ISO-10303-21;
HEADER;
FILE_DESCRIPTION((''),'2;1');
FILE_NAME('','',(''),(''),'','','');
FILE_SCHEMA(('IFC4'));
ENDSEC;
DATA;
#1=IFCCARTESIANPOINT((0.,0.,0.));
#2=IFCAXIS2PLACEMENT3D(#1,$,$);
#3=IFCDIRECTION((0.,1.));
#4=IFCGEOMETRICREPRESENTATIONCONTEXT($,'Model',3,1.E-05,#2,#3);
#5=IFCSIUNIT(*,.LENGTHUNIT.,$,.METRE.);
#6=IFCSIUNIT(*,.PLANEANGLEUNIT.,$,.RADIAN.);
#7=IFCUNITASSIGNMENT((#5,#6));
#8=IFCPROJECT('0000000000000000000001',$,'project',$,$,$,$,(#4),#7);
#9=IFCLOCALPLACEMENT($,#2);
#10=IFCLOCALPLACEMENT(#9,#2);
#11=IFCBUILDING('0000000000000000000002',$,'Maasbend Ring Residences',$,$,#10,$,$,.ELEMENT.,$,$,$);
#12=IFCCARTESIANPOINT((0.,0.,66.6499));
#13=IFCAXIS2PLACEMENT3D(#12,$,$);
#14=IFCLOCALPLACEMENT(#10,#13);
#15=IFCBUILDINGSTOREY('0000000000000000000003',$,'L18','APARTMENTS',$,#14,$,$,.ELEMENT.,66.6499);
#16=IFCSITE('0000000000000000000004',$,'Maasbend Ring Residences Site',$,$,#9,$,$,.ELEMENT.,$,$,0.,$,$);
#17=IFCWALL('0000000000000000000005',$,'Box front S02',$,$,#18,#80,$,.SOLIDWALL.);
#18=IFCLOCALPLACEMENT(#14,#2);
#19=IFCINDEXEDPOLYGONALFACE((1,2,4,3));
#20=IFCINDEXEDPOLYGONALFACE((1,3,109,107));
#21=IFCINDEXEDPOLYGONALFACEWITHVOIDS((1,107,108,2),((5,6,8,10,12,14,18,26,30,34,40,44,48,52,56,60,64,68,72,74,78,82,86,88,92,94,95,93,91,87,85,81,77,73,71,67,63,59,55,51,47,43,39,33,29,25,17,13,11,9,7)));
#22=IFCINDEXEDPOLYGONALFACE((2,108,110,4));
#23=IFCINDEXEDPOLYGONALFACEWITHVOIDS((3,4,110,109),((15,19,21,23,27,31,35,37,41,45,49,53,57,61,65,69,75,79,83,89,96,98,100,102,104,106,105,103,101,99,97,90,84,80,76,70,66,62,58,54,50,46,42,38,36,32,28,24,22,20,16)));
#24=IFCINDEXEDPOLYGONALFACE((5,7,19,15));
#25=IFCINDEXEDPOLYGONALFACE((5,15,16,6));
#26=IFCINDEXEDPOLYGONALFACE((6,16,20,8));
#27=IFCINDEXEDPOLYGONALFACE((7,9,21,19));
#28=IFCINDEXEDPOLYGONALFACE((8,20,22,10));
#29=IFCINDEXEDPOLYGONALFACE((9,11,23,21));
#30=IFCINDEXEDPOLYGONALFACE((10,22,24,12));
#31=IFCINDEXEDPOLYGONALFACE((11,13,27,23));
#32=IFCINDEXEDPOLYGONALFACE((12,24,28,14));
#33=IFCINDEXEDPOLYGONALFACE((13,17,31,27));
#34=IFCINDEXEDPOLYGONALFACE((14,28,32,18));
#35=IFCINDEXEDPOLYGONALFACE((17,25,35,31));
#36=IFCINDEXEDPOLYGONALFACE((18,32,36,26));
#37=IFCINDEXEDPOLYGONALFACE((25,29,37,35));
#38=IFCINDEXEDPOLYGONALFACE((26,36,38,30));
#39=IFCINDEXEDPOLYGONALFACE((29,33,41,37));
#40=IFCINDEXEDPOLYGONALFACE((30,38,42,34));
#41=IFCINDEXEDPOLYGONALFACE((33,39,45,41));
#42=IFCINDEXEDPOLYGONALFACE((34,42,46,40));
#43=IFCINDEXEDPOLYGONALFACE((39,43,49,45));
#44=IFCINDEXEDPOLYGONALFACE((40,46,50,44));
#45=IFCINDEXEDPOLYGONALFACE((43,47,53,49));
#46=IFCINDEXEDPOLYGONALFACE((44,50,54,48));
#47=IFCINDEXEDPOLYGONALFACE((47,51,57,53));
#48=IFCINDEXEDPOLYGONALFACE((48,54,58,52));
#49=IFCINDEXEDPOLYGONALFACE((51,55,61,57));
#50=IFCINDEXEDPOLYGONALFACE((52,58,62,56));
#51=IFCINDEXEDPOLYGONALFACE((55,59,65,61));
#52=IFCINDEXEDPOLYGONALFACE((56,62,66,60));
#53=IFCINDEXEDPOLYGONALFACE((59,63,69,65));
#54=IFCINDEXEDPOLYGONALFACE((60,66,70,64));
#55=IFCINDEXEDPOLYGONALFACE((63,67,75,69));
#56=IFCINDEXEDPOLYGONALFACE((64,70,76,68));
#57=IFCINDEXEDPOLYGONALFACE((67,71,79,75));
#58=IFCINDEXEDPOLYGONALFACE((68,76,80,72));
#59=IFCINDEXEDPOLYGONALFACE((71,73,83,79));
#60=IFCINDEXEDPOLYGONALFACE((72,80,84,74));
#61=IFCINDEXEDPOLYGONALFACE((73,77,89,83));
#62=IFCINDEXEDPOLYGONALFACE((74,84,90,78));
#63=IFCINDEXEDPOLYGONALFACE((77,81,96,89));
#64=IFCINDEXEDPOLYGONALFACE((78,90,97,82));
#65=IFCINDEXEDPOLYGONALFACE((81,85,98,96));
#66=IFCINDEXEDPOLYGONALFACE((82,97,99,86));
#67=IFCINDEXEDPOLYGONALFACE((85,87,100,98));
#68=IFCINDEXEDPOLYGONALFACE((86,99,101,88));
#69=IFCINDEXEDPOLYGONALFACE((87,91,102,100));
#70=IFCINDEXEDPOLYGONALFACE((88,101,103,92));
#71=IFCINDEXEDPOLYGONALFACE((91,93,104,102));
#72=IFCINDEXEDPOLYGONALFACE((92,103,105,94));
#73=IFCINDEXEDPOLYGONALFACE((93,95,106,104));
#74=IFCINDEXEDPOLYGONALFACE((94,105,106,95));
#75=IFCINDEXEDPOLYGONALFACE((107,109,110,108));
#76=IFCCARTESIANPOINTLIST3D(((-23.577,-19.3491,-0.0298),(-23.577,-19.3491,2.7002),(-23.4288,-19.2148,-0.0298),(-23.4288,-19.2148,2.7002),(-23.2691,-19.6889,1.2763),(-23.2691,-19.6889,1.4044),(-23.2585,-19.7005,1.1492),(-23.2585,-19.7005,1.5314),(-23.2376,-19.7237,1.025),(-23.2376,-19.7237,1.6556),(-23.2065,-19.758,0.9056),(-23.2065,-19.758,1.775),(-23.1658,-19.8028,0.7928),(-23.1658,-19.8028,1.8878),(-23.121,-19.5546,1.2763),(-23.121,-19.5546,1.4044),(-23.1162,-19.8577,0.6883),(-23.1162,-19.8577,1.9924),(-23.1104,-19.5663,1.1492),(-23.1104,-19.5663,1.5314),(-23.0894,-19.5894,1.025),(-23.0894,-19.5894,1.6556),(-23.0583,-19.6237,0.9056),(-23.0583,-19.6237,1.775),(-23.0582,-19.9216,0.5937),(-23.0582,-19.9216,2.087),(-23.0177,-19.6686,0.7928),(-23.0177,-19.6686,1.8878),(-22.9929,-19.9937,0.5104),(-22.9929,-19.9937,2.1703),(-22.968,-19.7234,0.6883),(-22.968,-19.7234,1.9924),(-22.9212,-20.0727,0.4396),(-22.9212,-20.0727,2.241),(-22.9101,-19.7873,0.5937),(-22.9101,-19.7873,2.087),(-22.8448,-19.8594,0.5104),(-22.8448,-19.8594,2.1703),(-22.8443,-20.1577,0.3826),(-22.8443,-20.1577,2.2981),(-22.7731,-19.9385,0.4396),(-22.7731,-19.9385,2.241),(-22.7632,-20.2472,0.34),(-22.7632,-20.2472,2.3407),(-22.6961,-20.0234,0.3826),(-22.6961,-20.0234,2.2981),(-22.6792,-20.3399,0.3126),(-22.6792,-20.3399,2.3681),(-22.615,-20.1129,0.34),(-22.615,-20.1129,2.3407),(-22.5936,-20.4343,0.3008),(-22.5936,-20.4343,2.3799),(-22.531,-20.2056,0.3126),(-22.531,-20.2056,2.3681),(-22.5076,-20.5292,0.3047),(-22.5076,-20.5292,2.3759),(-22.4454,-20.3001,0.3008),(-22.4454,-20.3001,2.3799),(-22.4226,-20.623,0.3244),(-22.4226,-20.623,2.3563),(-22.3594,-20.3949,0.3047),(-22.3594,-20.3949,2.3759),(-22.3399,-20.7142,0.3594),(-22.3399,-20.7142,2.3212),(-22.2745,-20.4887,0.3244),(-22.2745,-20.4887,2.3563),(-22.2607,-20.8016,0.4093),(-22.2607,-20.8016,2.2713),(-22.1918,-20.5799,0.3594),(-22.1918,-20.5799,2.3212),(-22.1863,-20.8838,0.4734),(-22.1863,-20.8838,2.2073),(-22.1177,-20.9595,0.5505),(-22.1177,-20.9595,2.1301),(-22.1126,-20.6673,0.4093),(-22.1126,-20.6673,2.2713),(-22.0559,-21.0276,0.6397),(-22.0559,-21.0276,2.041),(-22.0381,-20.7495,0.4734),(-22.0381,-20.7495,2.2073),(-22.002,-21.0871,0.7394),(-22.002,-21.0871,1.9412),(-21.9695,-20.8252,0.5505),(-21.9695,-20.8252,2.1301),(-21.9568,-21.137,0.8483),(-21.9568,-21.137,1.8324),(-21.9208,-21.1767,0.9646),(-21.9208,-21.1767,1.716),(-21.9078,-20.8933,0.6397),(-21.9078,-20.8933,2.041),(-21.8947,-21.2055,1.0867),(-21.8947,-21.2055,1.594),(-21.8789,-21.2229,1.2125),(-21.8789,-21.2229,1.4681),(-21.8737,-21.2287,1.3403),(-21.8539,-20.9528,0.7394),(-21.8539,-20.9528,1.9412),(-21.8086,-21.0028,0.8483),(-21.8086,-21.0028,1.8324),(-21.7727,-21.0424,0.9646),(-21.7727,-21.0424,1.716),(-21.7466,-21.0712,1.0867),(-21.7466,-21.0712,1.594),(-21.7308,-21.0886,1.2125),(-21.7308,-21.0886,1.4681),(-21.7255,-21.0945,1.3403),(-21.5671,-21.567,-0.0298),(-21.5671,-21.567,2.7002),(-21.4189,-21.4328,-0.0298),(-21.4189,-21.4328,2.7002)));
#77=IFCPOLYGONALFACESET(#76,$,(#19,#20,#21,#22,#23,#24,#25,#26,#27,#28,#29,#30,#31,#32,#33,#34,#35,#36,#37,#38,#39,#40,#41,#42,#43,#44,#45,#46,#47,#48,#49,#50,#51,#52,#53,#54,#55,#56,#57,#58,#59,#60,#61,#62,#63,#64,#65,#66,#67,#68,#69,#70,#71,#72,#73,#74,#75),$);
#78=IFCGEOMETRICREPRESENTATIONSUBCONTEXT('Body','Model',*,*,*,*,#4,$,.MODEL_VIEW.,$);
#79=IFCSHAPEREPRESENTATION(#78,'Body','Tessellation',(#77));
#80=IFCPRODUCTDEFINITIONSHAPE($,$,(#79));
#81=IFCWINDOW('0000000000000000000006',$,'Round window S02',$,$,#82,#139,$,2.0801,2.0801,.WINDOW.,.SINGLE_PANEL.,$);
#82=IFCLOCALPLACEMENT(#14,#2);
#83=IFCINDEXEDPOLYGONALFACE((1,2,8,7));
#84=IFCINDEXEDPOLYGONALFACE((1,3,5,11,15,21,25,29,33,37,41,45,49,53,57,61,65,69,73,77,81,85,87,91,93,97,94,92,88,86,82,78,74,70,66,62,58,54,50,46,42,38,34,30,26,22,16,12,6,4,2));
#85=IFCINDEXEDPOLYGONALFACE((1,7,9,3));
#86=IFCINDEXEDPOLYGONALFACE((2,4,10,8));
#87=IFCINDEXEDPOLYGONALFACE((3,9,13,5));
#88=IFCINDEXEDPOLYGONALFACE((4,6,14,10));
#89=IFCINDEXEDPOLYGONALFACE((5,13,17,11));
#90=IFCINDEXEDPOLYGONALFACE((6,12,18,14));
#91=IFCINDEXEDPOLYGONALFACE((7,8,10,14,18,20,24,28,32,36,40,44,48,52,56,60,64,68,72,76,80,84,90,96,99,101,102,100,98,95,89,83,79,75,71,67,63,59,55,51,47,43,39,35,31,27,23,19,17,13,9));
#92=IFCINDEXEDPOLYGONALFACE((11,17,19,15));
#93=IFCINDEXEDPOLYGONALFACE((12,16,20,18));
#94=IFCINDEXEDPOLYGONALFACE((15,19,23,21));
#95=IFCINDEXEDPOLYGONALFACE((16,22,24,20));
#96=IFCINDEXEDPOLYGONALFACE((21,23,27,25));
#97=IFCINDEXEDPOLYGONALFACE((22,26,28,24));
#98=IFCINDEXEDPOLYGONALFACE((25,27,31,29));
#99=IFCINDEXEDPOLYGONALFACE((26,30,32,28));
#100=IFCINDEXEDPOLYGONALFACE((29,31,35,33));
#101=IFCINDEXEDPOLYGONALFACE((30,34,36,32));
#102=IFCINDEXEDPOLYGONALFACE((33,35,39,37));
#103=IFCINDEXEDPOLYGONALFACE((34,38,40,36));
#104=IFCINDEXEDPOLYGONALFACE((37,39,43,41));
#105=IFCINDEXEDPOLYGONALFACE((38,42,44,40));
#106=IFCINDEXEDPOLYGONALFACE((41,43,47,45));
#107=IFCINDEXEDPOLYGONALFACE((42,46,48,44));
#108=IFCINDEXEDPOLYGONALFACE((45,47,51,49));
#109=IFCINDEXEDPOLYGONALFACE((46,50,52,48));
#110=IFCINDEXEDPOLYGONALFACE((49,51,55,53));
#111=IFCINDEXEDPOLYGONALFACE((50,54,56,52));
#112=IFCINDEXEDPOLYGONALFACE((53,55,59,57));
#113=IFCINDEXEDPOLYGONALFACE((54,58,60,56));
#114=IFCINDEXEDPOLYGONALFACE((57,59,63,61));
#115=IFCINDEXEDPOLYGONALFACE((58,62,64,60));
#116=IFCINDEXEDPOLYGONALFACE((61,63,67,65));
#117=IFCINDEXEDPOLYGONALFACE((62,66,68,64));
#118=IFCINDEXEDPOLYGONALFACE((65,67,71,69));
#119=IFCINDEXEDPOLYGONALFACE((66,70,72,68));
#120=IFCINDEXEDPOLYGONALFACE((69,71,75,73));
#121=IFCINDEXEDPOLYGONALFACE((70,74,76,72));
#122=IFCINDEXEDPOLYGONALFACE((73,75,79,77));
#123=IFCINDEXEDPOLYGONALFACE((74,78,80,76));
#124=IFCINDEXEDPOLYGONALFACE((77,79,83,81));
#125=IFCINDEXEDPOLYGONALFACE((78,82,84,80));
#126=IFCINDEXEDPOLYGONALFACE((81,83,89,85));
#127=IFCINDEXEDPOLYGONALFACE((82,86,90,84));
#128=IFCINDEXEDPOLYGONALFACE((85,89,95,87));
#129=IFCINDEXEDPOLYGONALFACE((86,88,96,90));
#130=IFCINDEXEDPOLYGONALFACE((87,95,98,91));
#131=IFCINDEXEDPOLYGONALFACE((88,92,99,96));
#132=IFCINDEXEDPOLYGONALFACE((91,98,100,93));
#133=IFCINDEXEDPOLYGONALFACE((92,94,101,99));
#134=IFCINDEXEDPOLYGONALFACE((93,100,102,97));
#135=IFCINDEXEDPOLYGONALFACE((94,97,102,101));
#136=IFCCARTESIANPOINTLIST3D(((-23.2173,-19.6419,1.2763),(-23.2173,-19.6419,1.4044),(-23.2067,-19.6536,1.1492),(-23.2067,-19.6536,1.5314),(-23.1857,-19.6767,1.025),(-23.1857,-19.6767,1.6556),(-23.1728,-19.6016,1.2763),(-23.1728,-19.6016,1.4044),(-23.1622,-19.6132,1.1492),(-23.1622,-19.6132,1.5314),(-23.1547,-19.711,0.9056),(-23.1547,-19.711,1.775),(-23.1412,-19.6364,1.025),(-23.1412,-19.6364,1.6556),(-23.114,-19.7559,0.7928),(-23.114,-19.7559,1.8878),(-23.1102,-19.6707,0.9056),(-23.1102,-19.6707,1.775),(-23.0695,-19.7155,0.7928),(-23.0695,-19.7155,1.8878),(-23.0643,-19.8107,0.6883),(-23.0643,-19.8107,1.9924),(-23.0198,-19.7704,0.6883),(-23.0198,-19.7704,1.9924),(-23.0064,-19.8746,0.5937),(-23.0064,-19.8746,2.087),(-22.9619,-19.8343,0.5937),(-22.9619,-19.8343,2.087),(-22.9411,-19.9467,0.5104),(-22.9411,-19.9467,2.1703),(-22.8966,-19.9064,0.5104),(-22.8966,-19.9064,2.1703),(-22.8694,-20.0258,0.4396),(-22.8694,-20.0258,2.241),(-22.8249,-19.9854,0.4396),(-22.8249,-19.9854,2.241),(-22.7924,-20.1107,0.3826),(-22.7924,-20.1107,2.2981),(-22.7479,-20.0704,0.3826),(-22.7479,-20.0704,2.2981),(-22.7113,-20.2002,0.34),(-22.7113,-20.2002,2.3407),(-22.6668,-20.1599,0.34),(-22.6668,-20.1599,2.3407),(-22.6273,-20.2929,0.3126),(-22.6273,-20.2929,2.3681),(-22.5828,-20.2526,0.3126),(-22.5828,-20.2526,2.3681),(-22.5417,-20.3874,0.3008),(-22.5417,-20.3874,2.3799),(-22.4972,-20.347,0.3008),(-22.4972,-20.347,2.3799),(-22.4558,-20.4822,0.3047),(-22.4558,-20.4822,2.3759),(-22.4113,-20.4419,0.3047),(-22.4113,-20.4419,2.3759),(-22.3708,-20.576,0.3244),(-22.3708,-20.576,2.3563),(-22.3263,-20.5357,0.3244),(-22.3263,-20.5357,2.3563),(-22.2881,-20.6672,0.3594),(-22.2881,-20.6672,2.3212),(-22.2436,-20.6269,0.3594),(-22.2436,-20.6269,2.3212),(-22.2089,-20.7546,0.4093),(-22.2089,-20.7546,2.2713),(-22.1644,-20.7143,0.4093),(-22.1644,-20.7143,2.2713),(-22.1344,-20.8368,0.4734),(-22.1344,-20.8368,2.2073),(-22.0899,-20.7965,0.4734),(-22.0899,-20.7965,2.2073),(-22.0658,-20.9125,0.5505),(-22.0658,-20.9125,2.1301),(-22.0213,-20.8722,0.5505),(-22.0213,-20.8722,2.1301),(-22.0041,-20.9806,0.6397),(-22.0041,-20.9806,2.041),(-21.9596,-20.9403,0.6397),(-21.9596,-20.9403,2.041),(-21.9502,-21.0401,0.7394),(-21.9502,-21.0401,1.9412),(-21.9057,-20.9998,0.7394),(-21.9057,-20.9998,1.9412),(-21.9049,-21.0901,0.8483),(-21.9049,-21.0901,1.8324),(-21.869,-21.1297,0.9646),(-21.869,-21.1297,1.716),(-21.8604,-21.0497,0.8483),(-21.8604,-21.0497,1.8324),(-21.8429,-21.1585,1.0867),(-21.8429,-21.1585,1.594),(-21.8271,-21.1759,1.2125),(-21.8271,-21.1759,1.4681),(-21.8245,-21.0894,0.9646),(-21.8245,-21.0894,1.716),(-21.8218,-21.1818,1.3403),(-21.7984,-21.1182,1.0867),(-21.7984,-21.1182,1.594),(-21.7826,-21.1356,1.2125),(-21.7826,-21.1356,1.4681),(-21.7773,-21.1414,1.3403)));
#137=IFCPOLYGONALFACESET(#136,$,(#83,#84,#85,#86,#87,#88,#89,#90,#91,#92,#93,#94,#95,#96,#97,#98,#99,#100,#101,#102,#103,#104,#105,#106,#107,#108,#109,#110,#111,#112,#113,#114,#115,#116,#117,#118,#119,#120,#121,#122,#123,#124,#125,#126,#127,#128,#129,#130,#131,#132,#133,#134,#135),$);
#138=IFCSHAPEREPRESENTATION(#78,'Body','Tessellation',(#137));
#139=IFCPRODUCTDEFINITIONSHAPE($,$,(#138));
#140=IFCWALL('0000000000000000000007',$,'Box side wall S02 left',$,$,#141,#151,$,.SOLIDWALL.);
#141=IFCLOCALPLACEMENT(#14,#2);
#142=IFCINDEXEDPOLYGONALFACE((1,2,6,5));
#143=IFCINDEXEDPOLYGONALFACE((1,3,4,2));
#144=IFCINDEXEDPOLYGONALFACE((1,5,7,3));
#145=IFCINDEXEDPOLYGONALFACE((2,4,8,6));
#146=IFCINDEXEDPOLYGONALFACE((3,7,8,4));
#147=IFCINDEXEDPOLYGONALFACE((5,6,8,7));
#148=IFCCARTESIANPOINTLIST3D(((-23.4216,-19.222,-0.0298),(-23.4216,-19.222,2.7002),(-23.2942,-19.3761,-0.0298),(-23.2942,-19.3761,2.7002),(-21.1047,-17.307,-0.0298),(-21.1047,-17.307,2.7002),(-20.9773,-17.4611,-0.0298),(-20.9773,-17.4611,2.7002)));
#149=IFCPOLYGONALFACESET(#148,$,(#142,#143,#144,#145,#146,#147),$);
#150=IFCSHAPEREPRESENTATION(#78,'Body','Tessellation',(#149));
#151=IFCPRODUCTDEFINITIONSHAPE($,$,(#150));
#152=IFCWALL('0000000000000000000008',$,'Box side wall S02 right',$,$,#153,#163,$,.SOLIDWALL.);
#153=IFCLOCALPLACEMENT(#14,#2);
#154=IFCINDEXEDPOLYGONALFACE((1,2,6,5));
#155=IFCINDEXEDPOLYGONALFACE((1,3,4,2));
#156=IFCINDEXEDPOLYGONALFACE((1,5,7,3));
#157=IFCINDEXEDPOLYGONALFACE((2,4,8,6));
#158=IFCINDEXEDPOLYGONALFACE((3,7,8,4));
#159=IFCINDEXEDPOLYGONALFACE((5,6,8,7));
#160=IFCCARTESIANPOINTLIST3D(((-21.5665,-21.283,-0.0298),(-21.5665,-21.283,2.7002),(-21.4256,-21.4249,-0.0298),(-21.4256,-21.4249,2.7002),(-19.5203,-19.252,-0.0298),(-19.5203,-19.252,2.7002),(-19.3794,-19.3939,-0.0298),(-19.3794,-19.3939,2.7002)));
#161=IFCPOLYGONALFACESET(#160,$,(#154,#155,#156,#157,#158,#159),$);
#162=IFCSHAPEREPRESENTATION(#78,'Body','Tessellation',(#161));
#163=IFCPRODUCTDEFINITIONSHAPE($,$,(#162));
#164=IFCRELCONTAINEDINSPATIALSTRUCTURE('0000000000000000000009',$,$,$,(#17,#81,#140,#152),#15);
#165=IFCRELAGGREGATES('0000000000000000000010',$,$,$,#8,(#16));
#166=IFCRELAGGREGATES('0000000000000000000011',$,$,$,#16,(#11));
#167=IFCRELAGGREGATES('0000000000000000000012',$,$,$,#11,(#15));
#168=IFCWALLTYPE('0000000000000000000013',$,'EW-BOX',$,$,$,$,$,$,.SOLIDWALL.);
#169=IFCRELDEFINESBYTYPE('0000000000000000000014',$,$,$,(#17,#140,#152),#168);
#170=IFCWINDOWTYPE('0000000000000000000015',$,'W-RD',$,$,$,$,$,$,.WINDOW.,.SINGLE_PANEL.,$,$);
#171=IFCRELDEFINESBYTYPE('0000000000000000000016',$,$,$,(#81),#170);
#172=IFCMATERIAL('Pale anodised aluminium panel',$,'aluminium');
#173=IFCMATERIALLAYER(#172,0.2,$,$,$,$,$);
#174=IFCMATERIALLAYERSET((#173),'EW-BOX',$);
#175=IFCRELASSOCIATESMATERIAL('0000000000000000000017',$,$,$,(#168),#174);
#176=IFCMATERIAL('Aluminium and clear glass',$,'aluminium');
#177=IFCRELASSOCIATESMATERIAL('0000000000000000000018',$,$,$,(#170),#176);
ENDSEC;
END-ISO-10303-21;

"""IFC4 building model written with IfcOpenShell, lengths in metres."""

from ifc_helpers import new_model, si_unit, direction, frame, frame_2d, origin, place, context, subcontext, project, spatial, rectangle, circle, extrude, material, layer, layer_set, type_object, element, fill, save


model = new_model("IFC4")

# Units and contexts
model_context = context("Model", 3, precision=1e-05, world=origin(), true_north=direction((0.0, 1.0)))
body_context = subcontext(model_context, "Body", "Model", "MODEL_VIEW")
ifc_project = project(units=[si_unit("LENGTHUNIT", "METRE"), si_unit("PLANEANGLEUNIT", "RADIAN")], contexts=[model_context])

# Site, building, storey
site_placement = place(None, origin())
site = spatial("IfcSite", under=ifc_project, at=site_placement, Name="Maasbend Ring Residences Site", CompositionType="ELEMENT", RefElevation=0.0)
building_placement = place(site_placement, origin())
building = spatial("IfcBuilding", under=site, at=building_placement, Name="Maasbend Ring Residences", CompositionType="ELEMENT")
storey_placement = place(building_placement, frame((0.0, 0.0, 66.6499)))
storey = spatial("IfcBuildingStorey", under=building, at=storey_placement, Name="L18", Description="APARTMENTS", CompositionType="ELEMENT", Elevation=66.6499)

# Wall, opening, window
ifc_material_1 = material(Name="Pale anodised aluminium panel", Category="aluminium")
ifc_layer_1 = layer(ifc_material_1, 0.2)
ifc_layer_set_1 = layer_set([ifc_layer_1], Name="EW-BOX")
wall_type_1 = type_object("IfcWallType", Name="EW-BOX", PredefinedType="SOLIDWALL", material=ifc_layer_set_1)
wall_1_placement = place(storey_placement, frame((-23.5029, -19.282, -0.0298), z_axis=(0.0, 0.0, 1.0), x_axis=(0.671507, -0.740998, 0.0)))
wall_1 = element("IfcWall", 1, at=wall_1_placement, inside=storey, type_object=wall_type_1, Name="Box front S02", PredefinedType="SOLIDWALL", context=body_context, shape_type="SweptSolid", body=[
    extrude(rectangle(XDim=2.9932, YDim=0.2, at=frame_2d((1.4966, 0.0))), origin(), (0.0, 0.0, 1.0), 2.73),
])
opening_1_placement = place(wall_1_placement, frame((0.4565, 0.0, 0.3301)))
opening_1 = element("IfcOpeningElement", 2, at=opening_1_placement, cuts=wall_1, PredefinedType="OPENING", context=body_context, shape_type="SweptSolid", body=[
    extrude(circle(Radius=1.04, at=frame_2d((1.04, 1.04))), frame((0.0, 0.1099, 0.0), z_axis=(0.0, -1.0, 0.0), x_axis=(1.0, 0.0, 0.0)), (0.0, 0.0, 1.0), 0.22),
])
ifc_material_2 = material(Name="Aluminium and clear glass", Category="aluminium")
window_type_1 = type_object("IfcWindowType", Name="W-RD", PartitioningType="SINGLE_PANEL", PredefinedType="WINDOW", material=ifc_material_2)
window_1_placement = place(opening_1_placement, origin())
window_1 = element("IfcWindow", 3, at=window_1_placement, inside=storey, type_object=window_type_1, Name="Round window S02", OverallHeight=2.0801, OverallWidth=2.0801, PartitioningType="SINGLE_PANEL", PredefinedType="WINDOW", context=body_context, shape_type="SweptSolid", body=[
    extrude(circle(Radius=1.04, at=frame_2d((1.04, 1.04))), frame((0.0, 0.03, 0.0), z_axis=(0.0, -1.0, 0.0), x_axis=(1.0, 0.0, 0.0)), (0.0, 0.0, 1.0), 0.0601),
])
fill(opening_1, window_1)

# Walls
wall_2_placement = place(storey_placement, frame((-21.041, -17.384, -0.0298), z_axis=(0.0, 0.0, 1.0), x_axis=(-0.770785, -0.637096, 0.0)))
element("IfcWall", 4, at=wall_2_placement, inside=storey, type_object=wall_type_1, Name="Box side wall S02 left", PredefinedType="SOLIDWALL", context=body_context, shape_type="SweptSolid", body=[
    extrude(rectangle(XDim=3.0059, YDim=0.2, at=frame_2d((1.5029, 0.0))), origin(), (0.0, 0.0, 1.0), 2.73),
])
wall_3_placement = place(storey_placement, frame((-19.45, -19.323, -0.0298), z_axis=(0.0, 0.0, 1.0), x_axis=(-0.709727, -0.704477, 0.0)))
element("IfcWall", 5, at=wall_3_placement, inside=storey, type_object=wall_type_1, Name="Box side wall S02 right", PredefinedType="SOLIDWALL", context=body_context, shape_type="SweptSolid", body=[
    extrude(rectangle(XDim=2.8831, YDim=0.2, at=frame_2d((1.4414, 0.0))), origin(), (0.0, 0.0, 1.0), 2.73),
])

save(model, "model.ifc")
